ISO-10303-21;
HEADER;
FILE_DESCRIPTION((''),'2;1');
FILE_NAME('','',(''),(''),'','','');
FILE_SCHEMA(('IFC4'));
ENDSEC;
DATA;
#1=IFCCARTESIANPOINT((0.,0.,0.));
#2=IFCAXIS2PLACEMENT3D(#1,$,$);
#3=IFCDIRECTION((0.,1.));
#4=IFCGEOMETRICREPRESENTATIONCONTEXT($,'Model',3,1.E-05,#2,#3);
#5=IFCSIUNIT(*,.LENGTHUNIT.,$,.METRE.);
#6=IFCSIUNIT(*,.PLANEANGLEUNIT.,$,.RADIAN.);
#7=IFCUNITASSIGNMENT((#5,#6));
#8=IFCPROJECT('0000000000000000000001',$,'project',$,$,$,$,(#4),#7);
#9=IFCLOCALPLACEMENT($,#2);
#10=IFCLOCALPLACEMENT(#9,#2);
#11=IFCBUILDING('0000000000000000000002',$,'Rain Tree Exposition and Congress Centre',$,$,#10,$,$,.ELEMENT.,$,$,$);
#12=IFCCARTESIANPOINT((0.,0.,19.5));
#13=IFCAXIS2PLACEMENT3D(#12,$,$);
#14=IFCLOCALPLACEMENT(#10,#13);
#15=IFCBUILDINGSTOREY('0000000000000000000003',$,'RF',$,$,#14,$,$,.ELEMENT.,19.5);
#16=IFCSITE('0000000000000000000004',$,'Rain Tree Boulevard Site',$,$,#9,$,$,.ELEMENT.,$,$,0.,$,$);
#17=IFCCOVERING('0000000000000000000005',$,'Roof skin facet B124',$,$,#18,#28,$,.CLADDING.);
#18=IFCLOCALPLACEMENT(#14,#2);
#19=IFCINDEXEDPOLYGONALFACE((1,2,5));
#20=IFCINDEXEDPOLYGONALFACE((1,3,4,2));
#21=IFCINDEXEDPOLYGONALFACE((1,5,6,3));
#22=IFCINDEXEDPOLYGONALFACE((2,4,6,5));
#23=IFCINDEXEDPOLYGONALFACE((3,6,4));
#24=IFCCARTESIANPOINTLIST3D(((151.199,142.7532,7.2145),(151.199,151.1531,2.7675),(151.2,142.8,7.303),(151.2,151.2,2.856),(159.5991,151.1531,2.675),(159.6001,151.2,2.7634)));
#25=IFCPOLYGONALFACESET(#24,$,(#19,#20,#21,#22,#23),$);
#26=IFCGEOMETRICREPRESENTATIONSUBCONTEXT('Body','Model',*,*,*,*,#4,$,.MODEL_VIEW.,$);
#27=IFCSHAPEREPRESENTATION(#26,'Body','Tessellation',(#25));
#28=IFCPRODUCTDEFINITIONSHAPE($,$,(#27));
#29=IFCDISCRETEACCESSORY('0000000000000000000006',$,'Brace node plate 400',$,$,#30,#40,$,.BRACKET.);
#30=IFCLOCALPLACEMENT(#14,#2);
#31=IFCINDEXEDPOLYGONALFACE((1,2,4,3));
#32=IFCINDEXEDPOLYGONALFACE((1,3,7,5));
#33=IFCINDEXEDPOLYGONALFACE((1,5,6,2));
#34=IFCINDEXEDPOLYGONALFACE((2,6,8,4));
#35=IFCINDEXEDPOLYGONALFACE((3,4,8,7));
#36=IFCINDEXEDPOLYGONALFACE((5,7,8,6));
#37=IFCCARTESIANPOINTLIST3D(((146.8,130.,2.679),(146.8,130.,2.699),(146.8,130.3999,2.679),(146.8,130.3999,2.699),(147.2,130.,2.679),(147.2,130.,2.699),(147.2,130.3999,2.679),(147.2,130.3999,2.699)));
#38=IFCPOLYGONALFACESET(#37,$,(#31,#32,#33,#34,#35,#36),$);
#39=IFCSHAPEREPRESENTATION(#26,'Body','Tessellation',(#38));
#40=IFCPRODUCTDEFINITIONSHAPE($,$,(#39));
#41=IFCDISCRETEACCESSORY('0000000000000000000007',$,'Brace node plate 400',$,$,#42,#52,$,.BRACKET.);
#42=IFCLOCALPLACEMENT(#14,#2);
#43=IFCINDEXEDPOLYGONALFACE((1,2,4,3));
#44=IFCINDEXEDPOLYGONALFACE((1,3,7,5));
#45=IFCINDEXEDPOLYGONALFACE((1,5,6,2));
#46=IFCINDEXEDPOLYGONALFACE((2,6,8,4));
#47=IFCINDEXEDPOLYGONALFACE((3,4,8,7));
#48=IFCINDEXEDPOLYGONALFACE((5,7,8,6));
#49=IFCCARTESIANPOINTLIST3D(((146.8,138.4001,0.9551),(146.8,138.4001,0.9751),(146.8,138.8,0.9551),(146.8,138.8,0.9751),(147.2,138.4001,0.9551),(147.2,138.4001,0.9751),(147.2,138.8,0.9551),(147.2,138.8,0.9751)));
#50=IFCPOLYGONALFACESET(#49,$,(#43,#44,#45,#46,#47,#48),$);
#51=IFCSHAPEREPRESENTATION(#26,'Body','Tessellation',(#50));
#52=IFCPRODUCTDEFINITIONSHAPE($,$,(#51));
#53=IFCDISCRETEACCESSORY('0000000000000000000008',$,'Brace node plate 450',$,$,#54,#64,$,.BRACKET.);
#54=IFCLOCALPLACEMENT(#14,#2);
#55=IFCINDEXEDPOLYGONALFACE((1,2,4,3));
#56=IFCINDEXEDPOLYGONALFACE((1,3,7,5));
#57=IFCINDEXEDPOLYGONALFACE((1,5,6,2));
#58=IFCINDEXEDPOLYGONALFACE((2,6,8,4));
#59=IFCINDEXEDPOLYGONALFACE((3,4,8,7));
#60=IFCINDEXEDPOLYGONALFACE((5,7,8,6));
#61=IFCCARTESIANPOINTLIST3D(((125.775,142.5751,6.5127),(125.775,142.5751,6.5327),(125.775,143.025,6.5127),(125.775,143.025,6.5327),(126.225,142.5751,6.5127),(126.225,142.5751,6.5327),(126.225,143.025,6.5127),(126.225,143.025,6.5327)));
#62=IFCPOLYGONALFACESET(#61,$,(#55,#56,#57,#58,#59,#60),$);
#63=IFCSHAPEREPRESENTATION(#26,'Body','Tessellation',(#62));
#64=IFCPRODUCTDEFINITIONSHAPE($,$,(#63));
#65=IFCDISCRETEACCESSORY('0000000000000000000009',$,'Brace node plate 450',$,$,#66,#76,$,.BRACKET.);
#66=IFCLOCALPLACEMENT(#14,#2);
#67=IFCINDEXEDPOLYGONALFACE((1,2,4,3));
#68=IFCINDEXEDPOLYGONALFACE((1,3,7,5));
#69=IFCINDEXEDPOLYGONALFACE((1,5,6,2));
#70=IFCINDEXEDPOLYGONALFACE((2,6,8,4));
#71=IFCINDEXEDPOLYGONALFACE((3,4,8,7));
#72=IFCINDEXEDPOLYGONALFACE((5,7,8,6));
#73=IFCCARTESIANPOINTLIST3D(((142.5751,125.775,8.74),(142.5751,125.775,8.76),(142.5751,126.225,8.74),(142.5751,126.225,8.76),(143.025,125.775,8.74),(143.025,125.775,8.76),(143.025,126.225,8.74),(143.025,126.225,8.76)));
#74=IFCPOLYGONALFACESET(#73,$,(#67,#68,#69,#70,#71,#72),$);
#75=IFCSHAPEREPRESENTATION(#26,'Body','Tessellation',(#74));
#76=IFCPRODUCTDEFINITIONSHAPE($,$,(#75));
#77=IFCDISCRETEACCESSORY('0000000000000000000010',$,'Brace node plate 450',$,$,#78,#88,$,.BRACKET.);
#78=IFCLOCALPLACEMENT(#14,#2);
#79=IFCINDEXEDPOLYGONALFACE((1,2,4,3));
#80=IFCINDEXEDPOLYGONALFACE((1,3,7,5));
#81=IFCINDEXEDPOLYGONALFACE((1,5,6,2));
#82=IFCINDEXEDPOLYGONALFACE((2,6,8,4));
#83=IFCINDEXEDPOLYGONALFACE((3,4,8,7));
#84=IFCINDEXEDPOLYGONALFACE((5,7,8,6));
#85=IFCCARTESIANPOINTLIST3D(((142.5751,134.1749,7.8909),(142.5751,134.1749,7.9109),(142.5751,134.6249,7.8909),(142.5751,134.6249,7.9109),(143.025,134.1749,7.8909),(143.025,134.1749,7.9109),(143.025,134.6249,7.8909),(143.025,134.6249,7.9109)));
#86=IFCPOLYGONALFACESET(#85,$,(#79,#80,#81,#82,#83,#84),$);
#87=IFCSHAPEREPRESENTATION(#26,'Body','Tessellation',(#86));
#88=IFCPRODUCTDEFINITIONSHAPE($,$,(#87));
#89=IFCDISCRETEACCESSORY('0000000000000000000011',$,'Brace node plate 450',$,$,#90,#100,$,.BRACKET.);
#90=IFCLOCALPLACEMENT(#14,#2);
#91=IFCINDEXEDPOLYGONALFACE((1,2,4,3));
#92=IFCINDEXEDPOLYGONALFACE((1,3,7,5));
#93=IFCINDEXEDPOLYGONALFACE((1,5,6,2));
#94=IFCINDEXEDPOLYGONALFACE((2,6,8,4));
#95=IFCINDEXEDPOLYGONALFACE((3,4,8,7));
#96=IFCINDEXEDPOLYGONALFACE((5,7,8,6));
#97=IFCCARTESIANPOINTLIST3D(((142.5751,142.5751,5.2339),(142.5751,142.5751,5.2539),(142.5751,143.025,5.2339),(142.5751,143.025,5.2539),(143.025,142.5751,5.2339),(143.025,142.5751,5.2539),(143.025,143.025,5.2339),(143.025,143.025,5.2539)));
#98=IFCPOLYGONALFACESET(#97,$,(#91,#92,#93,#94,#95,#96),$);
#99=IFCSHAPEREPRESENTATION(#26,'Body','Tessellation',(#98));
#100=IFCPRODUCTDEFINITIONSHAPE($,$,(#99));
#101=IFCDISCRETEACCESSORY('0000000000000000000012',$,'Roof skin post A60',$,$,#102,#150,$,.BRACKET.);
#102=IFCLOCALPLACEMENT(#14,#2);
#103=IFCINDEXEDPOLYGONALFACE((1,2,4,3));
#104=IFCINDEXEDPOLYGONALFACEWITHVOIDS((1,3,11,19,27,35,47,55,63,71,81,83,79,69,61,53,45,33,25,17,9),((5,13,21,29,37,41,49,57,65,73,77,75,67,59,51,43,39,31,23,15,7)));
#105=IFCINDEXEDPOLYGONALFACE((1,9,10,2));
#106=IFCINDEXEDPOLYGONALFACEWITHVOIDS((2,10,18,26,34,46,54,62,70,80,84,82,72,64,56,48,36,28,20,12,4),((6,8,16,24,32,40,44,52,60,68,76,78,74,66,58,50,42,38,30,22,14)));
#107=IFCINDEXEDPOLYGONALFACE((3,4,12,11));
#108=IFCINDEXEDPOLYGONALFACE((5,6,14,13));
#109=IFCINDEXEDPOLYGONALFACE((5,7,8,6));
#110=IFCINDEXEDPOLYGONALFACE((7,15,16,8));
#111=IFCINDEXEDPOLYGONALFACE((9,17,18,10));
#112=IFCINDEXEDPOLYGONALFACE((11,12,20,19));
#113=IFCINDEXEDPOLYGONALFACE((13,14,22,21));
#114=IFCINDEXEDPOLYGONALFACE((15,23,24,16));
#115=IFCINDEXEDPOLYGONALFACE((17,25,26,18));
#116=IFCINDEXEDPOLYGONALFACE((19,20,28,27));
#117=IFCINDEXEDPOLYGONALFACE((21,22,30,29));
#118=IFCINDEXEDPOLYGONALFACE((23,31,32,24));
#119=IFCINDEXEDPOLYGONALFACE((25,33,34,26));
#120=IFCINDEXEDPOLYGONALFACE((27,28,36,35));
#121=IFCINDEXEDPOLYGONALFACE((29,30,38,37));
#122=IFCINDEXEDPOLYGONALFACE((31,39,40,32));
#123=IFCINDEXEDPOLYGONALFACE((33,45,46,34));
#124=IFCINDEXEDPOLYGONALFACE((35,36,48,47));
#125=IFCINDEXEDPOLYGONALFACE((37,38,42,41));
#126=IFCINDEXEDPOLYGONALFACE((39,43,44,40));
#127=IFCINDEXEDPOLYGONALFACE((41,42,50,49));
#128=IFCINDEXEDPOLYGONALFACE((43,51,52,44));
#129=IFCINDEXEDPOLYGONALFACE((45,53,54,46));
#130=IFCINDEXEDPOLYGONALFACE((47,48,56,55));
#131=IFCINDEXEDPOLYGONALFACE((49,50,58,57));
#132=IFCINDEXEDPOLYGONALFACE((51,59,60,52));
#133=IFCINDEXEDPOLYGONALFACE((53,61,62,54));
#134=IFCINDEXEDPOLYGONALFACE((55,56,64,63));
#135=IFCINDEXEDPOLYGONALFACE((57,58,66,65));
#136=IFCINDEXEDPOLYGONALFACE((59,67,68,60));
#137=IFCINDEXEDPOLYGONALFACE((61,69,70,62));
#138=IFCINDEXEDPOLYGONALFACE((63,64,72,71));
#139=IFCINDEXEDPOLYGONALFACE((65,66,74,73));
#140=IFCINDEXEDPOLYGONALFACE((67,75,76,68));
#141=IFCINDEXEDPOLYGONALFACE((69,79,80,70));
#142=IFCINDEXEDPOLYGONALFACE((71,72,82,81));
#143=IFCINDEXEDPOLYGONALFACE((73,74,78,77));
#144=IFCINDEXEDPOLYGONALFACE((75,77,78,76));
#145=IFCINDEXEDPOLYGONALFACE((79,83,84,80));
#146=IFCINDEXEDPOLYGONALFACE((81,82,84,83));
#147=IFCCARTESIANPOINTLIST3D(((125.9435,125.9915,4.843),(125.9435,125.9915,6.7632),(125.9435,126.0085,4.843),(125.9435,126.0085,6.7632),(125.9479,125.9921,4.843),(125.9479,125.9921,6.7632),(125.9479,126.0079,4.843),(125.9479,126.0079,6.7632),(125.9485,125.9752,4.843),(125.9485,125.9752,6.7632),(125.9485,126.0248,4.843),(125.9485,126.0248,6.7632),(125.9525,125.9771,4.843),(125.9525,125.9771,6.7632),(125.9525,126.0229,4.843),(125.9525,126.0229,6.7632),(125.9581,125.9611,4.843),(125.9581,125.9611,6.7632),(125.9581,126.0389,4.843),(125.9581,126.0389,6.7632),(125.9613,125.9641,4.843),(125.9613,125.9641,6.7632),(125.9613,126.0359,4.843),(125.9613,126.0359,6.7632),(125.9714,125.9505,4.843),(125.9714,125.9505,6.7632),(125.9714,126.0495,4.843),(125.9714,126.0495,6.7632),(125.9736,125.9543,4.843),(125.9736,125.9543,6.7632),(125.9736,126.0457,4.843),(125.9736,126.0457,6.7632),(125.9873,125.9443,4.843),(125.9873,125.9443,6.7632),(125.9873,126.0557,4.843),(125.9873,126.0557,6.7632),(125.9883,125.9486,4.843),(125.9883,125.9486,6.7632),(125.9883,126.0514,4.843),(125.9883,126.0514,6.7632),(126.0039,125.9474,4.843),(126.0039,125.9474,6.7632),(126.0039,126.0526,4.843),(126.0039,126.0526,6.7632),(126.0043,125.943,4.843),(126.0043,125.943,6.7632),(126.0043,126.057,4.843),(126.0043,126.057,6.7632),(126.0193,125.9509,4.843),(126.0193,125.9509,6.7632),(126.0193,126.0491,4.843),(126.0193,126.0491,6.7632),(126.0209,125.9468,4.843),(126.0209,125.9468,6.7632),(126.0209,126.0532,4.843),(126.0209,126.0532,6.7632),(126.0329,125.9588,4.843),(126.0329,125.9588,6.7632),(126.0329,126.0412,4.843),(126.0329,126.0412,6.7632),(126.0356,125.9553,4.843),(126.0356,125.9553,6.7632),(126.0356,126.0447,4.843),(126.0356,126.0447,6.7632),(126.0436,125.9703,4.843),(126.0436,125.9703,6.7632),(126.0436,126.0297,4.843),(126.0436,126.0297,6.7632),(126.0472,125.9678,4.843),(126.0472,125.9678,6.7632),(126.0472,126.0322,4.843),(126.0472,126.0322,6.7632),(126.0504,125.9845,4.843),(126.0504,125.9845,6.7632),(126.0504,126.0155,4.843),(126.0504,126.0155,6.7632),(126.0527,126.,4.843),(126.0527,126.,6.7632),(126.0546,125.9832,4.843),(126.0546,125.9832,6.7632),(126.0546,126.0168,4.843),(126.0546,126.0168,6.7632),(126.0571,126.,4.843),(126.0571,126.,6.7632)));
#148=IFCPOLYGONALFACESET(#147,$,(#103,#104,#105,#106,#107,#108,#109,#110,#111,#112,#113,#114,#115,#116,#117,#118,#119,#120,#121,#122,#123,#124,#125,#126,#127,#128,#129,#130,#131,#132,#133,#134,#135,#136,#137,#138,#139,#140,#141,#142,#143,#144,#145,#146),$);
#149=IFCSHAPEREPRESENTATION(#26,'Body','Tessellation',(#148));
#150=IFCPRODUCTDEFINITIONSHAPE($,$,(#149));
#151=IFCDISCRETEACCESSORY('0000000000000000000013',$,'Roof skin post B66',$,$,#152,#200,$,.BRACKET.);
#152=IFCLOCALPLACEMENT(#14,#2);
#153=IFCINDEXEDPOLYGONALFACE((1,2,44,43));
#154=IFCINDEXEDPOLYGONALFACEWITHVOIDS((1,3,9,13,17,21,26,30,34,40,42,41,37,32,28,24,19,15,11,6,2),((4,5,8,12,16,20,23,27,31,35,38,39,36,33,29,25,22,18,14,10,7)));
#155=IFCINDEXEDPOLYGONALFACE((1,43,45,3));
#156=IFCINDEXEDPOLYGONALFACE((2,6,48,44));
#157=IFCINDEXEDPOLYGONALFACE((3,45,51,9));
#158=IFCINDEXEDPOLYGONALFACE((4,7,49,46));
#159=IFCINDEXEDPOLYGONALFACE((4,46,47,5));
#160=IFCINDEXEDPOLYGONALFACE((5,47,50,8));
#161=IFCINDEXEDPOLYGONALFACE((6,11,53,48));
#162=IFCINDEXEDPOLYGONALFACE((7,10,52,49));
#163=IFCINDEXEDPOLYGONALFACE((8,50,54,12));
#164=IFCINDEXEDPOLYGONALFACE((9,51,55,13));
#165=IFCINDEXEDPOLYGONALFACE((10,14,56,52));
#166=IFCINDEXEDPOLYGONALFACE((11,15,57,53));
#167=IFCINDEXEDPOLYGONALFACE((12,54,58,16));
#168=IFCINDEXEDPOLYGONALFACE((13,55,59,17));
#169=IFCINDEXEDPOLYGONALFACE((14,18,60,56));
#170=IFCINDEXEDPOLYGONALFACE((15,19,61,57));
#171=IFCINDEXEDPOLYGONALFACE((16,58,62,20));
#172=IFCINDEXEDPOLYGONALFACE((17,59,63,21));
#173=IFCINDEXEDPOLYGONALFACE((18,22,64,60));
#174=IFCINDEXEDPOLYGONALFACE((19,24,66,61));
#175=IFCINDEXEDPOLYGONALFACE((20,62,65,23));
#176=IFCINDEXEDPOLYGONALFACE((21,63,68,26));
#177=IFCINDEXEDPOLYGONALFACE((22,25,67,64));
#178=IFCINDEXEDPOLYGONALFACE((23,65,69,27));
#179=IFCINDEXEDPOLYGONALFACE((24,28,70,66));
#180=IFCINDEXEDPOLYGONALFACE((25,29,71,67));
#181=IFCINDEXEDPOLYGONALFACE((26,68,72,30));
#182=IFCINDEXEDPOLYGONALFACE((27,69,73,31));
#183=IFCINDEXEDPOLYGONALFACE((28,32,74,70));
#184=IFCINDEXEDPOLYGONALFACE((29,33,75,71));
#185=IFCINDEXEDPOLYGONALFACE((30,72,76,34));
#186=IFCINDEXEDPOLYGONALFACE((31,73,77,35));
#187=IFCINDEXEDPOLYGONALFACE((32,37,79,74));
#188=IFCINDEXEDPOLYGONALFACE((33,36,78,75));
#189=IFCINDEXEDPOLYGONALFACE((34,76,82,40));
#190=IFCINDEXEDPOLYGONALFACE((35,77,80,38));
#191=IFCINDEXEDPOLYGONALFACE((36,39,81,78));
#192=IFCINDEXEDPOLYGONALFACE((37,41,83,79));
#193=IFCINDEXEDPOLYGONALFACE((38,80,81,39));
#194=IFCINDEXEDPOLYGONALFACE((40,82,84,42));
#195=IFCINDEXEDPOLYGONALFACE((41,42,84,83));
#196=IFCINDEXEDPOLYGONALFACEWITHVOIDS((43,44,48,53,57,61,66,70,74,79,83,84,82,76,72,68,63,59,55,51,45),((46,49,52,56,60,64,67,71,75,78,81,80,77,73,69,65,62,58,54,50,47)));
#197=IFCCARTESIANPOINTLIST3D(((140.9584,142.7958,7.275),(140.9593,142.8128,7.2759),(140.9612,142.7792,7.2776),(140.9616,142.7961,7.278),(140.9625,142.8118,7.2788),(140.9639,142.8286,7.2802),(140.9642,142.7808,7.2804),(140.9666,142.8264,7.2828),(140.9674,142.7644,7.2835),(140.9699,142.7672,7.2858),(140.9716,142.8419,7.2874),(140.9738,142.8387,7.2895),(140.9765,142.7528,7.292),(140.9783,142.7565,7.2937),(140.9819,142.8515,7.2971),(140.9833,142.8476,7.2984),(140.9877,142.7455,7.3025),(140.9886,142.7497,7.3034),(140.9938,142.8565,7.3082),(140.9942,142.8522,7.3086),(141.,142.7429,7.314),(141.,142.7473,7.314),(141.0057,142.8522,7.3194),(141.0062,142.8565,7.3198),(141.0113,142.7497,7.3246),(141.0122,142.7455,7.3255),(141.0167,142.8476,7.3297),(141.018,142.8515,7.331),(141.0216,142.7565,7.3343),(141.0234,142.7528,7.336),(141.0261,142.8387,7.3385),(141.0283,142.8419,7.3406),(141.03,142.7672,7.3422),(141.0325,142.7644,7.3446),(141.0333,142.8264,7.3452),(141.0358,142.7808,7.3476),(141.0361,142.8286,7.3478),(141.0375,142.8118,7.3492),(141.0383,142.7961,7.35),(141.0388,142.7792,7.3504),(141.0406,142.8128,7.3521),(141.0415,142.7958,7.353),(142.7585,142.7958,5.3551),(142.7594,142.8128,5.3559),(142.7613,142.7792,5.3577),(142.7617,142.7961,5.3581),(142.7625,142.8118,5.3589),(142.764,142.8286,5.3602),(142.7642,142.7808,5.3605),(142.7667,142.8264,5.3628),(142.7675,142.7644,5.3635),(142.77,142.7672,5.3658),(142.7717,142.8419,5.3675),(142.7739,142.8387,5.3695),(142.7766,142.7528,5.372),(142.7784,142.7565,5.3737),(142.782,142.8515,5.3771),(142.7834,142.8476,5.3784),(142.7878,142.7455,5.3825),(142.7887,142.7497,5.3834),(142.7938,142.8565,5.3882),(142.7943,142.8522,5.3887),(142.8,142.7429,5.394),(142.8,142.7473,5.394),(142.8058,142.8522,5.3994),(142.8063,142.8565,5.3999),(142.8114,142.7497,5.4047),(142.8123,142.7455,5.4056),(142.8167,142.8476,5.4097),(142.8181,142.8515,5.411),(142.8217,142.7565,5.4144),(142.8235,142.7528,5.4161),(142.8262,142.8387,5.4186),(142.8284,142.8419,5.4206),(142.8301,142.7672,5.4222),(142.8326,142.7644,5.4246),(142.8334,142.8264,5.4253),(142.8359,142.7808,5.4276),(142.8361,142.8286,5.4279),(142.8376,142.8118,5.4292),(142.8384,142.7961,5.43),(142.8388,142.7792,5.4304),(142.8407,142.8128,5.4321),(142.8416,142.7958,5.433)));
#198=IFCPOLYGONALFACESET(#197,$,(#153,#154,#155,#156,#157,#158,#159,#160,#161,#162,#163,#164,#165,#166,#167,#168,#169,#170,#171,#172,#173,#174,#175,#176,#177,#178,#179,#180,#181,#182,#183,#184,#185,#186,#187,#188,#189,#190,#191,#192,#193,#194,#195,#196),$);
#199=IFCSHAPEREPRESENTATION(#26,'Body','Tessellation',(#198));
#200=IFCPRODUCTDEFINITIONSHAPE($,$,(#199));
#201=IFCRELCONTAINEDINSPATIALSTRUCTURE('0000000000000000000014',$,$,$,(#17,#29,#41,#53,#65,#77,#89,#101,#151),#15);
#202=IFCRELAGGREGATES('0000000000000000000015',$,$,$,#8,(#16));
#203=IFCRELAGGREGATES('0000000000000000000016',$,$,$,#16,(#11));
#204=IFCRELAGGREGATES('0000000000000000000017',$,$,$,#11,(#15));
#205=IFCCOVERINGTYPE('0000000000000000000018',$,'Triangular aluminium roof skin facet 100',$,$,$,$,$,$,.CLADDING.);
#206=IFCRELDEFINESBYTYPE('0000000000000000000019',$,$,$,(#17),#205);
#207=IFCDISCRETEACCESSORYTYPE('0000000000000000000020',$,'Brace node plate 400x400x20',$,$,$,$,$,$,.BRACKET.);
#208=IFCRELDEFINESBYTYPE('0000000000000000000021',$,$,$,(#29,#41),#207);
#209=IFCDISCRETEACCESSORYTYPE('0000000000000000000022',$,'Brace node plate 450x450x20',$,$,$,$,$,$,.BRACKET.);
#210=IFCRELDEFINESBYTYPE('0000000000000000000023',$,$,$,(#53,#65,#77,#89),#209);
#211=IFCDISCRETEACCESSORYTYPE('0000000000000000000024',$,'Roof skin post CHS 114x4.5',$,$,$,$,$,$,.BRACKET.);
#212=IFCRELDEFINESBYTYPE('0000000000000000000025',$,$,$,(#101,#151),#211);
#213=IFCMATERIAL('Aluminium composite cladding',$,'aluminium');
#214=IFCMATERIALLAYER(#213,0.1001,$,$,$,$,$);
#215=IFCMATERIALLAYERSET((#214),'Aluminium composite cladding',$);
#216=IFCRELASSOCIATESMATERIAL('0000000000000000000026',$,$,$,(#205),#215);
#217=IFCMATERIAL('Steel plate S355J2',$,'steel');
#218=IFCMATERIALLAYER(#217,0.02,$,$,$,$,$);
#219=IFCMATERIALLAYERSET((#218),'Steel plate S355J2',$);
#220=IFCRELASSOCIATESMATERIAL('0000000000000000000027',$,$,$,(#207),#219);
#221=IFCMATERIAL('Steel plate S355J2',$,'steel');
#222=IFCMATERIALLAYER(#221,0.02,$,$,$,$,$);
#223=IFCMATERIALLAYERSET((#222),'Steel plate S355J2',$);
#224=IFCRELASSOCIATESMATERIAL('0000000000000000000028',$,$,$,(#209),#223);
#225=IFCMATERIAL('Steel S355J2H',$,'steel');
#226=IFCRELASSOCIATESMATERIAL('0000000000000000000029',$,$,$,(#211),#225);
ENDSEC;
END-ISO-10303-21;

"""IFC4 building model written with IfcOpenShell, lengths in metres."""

from ifc_helpers import new_model, si_unit, direction, frame, origin, origin_2d, place, context, subcontext, project, spatial, polyline, rectangle, hollow_circle, outline, extrude, material, layer, layer_set, material_profile, profile_set, type_object, element, save


model = new_model("IFC4")

# Units and contexts
model_context = context("Model", 3, precision=1e-05, world=origin(), true_north=direction((0.0, 1.0)))
body_context = subcontext(model_context, "Body", "Model", "MODEL_VIEW")
ifc_project = project(units=[si_unit("LENGTHUNIT", "METRE"), si_unit("PLANEANGLEUNIT", "RADIAN")], contexts=[model_context])

# Site, building, storey
site_placement = place(None, origin())
site = spatial("IfcSite", under=ifc_project, at=site_placement, Name="Rain Tree Boulevard Site", CompositionType="ELEMENT", RefElevation=0.0)
building_placement = place(site_placement, origin())
building = spatial("IfcBuilding", under=site, at=building_placement, Name="Rain Tree Exposition and Congress Centre", CompositionType="ELEMENT")
storey_placement = place(building_placement, frame((0.0, 0.0, 19.5)))
storey = spatial("IfcBuildingStorey", under=building, at=storey_placement, Name="RF", CompositionType="ELEMENT", Elevation=19.5)

# Covering
ifc_material_1 = material(Name="Aluminium composite cladding", Category="aluminium")
ifc_layer_1 = layer(ifc_material_1, 0.1001)
ifc_layer_set_1 = layer_set([ifc_layer_1], Name="Aluminium composite cladding")
covering_type = type_object("IfcCoveringType", Name="Triangular aluminium roof skin facet 100", PredefinedType="CLADDING", material=ifc_layer_set_1)
covering_1_placement = place(storey_placement, frame((151.2, 142.8, 7.303), z_axis=(0.009735, 0.467867, 0.883745), x_axis=(0.660532, 0.660513, -0.35696)))
element("IfcCovering", 1, at=covering_1_placement, inside=storey, type_object=covering_type, Name="Roof skin facet B124", PredefinedType="CLADDING", context=body_context, shape_type="SweptSolid", body=[
    extrude(outline(polyline([(0.0, 0.0), (12.7172, 0.0), (7.1357, 6.2783), (0.0, 0.0)])), origin(), (0.0, 0.0, -1.0), 0.1001),
])

# Discrete accessories
ifc_material_2 = material(Name="Steel plate S355J2", Category="steel")
ifc_layer_2 = layer(ifc_material_2, 0.02)
ifc_layer_set_2 = layer_set([ifc_layer_2], Name="Steel plate S355J2")
discrete_accessory_type_1 = type_object("IfcDiscreteAccessoryType", Name="Brace node plate 400x400x20", PredefinedType="BRACKET", material=ifc_layer_set_2)
for number, where, z_axis, x_axis, name in (
    (2, (147.0, 130.2, 2.679), (0.0, 0.0, 1.0), (1.0, 0.0, 0.0), "Brace node plate 400"),
    (3, (147.0, 138.6001, 0.9551), (0.0, 0.0, 1.0), (1.0, 0.0, 0.0), "Brace node plate 400"),
):
    element("IfcDiscreteAccessory", number, at=place(storey_placement, frame(where, z_axis=z_axis, x_axis=x_axis)), inside=storey, type_object=discrete_accessory_type_1, Name=name, PredefinedType="BRACKET", context=body_context, shape_type="SweptSolid", body=[
        extrude(rectangle(XDim=0.3999, YDim=0.3999, at=origin_2d()), origin(), (0.0, 0.0, 1.0), 0.02),
    ])
ifc_material_3 = material(Name="Steel plate S355J2", Category="steel")
ifc_layer_3 = layer(ifc_material_3, 0.02)
ifc_layer_set_3 = layer_set([ifc_layer_3], Name="Steel plate S355J2")
discrete_accessory_type_2 = type_object("IfcDiscreteAccessoryType", Name="Brace node plate 450x450x20", PredefinedType="BRACKET", material=ifc_layer_set_3)
for number, where, z_axis, x_axis, name in (
    (4, (126.0, 142.8, 6.5127), (0.0, 0.0, 1.0), (1.0, 0.0, 0.0), "Brace node plate 450"),
    (5, (142.8, 126.0, 8.74), (0.0, 0.0, 1.0), (1.0, 0.0, 0.0), "Brace node plate 450"),
    (6, (142.8, 134.3999, 7.8909), (0.0, 0.0, 1.0), (1.0, 0.0, 0.0), "Brace node plate 450"),
    (7, (142.8, 142.8, 5.2339), (0.0, 0.0, 1.0), (1.0, 0.0, 0.0), "Brace node plate 450"),
):
    element("IfcDiscreteAccessory", number, at=place(storey_placement, frame(where, z_axis=z_axis, x_axis=x_axis)), inside=storey, type_object=discrete_accessory_type_2, Name=name, PredefinedType="BRACKET", context=body_context, shape_type="SweptSolid", body=[
        extrude(rectangle(XDim=0.45, YDim=0.45, at=origin_2d()), origin(), (0.0, 0.0, 1.0), 0.02),
    ])
ifc_material_4 = material(Name="Steel S355J2H", Category="steel")
ifc_material_profile_1 = material_profile(ifc_material_4, hollow_circle(Radius=0.0571, WallThickness=0.0044, at=origin_2d()), Name="CHS 114x4.5")
ifc_profile_set_1 = profile_set([ifc_material_profile_1], Name="Steel S355J2H")
discrete_accessory_type_3 = type_object("IfcDiscreteAccessoryType", Name="Roof skin post CHS 114x4.5", PredefinedType="BRACKET", material=ifc_profile_set_1)
discrete_accessory_1_placement = place(storey_placement, frame((126.0, 126.0, 4.843), z_axis=(0.0, 0.0, 1.0), x_axis=(1.0, 0.0, 0.0)))
element("IfcDiscreteAccessory", 8, at=discrete_accessory_1_placement, inside=storey, type_object=discrete_accessory_type_3, Name="Roof skin post A60", PredefinedType="BRACKET", context=body_context, shape_type="SweptSolid", body=[
    extrude(hollow_circle(Radius=0.0571, WallThickness=0.0044, at=origin_2d()), origin(), (0.0, 0.0, 1.0), 1.9202),
])
discrete_accessory_2_placement = place(storey_placement, frame((142.8, 142.8, 5.394), z_axis=(-0.683966, 0.0, 0.729514), x_axis=(0.0, -1.0, 0.0)))
element("IfcDiscreteAccessory", 9, at=discrete_accessory_2_placement, inside=storey, type_object=discrete_accessory_type_3, Name="Roof skin post B66", PredefinedType="BRACKET", context=body_context, shape_type="SweptSolid", body=[
    extrude(hollow_circle(Radius=0.0571, WallThickness=0.0044, at=origin_2d()), origin(), (0.0, 0.0, 1.0), 2.6318),
])

save(model, "model.ifc")
